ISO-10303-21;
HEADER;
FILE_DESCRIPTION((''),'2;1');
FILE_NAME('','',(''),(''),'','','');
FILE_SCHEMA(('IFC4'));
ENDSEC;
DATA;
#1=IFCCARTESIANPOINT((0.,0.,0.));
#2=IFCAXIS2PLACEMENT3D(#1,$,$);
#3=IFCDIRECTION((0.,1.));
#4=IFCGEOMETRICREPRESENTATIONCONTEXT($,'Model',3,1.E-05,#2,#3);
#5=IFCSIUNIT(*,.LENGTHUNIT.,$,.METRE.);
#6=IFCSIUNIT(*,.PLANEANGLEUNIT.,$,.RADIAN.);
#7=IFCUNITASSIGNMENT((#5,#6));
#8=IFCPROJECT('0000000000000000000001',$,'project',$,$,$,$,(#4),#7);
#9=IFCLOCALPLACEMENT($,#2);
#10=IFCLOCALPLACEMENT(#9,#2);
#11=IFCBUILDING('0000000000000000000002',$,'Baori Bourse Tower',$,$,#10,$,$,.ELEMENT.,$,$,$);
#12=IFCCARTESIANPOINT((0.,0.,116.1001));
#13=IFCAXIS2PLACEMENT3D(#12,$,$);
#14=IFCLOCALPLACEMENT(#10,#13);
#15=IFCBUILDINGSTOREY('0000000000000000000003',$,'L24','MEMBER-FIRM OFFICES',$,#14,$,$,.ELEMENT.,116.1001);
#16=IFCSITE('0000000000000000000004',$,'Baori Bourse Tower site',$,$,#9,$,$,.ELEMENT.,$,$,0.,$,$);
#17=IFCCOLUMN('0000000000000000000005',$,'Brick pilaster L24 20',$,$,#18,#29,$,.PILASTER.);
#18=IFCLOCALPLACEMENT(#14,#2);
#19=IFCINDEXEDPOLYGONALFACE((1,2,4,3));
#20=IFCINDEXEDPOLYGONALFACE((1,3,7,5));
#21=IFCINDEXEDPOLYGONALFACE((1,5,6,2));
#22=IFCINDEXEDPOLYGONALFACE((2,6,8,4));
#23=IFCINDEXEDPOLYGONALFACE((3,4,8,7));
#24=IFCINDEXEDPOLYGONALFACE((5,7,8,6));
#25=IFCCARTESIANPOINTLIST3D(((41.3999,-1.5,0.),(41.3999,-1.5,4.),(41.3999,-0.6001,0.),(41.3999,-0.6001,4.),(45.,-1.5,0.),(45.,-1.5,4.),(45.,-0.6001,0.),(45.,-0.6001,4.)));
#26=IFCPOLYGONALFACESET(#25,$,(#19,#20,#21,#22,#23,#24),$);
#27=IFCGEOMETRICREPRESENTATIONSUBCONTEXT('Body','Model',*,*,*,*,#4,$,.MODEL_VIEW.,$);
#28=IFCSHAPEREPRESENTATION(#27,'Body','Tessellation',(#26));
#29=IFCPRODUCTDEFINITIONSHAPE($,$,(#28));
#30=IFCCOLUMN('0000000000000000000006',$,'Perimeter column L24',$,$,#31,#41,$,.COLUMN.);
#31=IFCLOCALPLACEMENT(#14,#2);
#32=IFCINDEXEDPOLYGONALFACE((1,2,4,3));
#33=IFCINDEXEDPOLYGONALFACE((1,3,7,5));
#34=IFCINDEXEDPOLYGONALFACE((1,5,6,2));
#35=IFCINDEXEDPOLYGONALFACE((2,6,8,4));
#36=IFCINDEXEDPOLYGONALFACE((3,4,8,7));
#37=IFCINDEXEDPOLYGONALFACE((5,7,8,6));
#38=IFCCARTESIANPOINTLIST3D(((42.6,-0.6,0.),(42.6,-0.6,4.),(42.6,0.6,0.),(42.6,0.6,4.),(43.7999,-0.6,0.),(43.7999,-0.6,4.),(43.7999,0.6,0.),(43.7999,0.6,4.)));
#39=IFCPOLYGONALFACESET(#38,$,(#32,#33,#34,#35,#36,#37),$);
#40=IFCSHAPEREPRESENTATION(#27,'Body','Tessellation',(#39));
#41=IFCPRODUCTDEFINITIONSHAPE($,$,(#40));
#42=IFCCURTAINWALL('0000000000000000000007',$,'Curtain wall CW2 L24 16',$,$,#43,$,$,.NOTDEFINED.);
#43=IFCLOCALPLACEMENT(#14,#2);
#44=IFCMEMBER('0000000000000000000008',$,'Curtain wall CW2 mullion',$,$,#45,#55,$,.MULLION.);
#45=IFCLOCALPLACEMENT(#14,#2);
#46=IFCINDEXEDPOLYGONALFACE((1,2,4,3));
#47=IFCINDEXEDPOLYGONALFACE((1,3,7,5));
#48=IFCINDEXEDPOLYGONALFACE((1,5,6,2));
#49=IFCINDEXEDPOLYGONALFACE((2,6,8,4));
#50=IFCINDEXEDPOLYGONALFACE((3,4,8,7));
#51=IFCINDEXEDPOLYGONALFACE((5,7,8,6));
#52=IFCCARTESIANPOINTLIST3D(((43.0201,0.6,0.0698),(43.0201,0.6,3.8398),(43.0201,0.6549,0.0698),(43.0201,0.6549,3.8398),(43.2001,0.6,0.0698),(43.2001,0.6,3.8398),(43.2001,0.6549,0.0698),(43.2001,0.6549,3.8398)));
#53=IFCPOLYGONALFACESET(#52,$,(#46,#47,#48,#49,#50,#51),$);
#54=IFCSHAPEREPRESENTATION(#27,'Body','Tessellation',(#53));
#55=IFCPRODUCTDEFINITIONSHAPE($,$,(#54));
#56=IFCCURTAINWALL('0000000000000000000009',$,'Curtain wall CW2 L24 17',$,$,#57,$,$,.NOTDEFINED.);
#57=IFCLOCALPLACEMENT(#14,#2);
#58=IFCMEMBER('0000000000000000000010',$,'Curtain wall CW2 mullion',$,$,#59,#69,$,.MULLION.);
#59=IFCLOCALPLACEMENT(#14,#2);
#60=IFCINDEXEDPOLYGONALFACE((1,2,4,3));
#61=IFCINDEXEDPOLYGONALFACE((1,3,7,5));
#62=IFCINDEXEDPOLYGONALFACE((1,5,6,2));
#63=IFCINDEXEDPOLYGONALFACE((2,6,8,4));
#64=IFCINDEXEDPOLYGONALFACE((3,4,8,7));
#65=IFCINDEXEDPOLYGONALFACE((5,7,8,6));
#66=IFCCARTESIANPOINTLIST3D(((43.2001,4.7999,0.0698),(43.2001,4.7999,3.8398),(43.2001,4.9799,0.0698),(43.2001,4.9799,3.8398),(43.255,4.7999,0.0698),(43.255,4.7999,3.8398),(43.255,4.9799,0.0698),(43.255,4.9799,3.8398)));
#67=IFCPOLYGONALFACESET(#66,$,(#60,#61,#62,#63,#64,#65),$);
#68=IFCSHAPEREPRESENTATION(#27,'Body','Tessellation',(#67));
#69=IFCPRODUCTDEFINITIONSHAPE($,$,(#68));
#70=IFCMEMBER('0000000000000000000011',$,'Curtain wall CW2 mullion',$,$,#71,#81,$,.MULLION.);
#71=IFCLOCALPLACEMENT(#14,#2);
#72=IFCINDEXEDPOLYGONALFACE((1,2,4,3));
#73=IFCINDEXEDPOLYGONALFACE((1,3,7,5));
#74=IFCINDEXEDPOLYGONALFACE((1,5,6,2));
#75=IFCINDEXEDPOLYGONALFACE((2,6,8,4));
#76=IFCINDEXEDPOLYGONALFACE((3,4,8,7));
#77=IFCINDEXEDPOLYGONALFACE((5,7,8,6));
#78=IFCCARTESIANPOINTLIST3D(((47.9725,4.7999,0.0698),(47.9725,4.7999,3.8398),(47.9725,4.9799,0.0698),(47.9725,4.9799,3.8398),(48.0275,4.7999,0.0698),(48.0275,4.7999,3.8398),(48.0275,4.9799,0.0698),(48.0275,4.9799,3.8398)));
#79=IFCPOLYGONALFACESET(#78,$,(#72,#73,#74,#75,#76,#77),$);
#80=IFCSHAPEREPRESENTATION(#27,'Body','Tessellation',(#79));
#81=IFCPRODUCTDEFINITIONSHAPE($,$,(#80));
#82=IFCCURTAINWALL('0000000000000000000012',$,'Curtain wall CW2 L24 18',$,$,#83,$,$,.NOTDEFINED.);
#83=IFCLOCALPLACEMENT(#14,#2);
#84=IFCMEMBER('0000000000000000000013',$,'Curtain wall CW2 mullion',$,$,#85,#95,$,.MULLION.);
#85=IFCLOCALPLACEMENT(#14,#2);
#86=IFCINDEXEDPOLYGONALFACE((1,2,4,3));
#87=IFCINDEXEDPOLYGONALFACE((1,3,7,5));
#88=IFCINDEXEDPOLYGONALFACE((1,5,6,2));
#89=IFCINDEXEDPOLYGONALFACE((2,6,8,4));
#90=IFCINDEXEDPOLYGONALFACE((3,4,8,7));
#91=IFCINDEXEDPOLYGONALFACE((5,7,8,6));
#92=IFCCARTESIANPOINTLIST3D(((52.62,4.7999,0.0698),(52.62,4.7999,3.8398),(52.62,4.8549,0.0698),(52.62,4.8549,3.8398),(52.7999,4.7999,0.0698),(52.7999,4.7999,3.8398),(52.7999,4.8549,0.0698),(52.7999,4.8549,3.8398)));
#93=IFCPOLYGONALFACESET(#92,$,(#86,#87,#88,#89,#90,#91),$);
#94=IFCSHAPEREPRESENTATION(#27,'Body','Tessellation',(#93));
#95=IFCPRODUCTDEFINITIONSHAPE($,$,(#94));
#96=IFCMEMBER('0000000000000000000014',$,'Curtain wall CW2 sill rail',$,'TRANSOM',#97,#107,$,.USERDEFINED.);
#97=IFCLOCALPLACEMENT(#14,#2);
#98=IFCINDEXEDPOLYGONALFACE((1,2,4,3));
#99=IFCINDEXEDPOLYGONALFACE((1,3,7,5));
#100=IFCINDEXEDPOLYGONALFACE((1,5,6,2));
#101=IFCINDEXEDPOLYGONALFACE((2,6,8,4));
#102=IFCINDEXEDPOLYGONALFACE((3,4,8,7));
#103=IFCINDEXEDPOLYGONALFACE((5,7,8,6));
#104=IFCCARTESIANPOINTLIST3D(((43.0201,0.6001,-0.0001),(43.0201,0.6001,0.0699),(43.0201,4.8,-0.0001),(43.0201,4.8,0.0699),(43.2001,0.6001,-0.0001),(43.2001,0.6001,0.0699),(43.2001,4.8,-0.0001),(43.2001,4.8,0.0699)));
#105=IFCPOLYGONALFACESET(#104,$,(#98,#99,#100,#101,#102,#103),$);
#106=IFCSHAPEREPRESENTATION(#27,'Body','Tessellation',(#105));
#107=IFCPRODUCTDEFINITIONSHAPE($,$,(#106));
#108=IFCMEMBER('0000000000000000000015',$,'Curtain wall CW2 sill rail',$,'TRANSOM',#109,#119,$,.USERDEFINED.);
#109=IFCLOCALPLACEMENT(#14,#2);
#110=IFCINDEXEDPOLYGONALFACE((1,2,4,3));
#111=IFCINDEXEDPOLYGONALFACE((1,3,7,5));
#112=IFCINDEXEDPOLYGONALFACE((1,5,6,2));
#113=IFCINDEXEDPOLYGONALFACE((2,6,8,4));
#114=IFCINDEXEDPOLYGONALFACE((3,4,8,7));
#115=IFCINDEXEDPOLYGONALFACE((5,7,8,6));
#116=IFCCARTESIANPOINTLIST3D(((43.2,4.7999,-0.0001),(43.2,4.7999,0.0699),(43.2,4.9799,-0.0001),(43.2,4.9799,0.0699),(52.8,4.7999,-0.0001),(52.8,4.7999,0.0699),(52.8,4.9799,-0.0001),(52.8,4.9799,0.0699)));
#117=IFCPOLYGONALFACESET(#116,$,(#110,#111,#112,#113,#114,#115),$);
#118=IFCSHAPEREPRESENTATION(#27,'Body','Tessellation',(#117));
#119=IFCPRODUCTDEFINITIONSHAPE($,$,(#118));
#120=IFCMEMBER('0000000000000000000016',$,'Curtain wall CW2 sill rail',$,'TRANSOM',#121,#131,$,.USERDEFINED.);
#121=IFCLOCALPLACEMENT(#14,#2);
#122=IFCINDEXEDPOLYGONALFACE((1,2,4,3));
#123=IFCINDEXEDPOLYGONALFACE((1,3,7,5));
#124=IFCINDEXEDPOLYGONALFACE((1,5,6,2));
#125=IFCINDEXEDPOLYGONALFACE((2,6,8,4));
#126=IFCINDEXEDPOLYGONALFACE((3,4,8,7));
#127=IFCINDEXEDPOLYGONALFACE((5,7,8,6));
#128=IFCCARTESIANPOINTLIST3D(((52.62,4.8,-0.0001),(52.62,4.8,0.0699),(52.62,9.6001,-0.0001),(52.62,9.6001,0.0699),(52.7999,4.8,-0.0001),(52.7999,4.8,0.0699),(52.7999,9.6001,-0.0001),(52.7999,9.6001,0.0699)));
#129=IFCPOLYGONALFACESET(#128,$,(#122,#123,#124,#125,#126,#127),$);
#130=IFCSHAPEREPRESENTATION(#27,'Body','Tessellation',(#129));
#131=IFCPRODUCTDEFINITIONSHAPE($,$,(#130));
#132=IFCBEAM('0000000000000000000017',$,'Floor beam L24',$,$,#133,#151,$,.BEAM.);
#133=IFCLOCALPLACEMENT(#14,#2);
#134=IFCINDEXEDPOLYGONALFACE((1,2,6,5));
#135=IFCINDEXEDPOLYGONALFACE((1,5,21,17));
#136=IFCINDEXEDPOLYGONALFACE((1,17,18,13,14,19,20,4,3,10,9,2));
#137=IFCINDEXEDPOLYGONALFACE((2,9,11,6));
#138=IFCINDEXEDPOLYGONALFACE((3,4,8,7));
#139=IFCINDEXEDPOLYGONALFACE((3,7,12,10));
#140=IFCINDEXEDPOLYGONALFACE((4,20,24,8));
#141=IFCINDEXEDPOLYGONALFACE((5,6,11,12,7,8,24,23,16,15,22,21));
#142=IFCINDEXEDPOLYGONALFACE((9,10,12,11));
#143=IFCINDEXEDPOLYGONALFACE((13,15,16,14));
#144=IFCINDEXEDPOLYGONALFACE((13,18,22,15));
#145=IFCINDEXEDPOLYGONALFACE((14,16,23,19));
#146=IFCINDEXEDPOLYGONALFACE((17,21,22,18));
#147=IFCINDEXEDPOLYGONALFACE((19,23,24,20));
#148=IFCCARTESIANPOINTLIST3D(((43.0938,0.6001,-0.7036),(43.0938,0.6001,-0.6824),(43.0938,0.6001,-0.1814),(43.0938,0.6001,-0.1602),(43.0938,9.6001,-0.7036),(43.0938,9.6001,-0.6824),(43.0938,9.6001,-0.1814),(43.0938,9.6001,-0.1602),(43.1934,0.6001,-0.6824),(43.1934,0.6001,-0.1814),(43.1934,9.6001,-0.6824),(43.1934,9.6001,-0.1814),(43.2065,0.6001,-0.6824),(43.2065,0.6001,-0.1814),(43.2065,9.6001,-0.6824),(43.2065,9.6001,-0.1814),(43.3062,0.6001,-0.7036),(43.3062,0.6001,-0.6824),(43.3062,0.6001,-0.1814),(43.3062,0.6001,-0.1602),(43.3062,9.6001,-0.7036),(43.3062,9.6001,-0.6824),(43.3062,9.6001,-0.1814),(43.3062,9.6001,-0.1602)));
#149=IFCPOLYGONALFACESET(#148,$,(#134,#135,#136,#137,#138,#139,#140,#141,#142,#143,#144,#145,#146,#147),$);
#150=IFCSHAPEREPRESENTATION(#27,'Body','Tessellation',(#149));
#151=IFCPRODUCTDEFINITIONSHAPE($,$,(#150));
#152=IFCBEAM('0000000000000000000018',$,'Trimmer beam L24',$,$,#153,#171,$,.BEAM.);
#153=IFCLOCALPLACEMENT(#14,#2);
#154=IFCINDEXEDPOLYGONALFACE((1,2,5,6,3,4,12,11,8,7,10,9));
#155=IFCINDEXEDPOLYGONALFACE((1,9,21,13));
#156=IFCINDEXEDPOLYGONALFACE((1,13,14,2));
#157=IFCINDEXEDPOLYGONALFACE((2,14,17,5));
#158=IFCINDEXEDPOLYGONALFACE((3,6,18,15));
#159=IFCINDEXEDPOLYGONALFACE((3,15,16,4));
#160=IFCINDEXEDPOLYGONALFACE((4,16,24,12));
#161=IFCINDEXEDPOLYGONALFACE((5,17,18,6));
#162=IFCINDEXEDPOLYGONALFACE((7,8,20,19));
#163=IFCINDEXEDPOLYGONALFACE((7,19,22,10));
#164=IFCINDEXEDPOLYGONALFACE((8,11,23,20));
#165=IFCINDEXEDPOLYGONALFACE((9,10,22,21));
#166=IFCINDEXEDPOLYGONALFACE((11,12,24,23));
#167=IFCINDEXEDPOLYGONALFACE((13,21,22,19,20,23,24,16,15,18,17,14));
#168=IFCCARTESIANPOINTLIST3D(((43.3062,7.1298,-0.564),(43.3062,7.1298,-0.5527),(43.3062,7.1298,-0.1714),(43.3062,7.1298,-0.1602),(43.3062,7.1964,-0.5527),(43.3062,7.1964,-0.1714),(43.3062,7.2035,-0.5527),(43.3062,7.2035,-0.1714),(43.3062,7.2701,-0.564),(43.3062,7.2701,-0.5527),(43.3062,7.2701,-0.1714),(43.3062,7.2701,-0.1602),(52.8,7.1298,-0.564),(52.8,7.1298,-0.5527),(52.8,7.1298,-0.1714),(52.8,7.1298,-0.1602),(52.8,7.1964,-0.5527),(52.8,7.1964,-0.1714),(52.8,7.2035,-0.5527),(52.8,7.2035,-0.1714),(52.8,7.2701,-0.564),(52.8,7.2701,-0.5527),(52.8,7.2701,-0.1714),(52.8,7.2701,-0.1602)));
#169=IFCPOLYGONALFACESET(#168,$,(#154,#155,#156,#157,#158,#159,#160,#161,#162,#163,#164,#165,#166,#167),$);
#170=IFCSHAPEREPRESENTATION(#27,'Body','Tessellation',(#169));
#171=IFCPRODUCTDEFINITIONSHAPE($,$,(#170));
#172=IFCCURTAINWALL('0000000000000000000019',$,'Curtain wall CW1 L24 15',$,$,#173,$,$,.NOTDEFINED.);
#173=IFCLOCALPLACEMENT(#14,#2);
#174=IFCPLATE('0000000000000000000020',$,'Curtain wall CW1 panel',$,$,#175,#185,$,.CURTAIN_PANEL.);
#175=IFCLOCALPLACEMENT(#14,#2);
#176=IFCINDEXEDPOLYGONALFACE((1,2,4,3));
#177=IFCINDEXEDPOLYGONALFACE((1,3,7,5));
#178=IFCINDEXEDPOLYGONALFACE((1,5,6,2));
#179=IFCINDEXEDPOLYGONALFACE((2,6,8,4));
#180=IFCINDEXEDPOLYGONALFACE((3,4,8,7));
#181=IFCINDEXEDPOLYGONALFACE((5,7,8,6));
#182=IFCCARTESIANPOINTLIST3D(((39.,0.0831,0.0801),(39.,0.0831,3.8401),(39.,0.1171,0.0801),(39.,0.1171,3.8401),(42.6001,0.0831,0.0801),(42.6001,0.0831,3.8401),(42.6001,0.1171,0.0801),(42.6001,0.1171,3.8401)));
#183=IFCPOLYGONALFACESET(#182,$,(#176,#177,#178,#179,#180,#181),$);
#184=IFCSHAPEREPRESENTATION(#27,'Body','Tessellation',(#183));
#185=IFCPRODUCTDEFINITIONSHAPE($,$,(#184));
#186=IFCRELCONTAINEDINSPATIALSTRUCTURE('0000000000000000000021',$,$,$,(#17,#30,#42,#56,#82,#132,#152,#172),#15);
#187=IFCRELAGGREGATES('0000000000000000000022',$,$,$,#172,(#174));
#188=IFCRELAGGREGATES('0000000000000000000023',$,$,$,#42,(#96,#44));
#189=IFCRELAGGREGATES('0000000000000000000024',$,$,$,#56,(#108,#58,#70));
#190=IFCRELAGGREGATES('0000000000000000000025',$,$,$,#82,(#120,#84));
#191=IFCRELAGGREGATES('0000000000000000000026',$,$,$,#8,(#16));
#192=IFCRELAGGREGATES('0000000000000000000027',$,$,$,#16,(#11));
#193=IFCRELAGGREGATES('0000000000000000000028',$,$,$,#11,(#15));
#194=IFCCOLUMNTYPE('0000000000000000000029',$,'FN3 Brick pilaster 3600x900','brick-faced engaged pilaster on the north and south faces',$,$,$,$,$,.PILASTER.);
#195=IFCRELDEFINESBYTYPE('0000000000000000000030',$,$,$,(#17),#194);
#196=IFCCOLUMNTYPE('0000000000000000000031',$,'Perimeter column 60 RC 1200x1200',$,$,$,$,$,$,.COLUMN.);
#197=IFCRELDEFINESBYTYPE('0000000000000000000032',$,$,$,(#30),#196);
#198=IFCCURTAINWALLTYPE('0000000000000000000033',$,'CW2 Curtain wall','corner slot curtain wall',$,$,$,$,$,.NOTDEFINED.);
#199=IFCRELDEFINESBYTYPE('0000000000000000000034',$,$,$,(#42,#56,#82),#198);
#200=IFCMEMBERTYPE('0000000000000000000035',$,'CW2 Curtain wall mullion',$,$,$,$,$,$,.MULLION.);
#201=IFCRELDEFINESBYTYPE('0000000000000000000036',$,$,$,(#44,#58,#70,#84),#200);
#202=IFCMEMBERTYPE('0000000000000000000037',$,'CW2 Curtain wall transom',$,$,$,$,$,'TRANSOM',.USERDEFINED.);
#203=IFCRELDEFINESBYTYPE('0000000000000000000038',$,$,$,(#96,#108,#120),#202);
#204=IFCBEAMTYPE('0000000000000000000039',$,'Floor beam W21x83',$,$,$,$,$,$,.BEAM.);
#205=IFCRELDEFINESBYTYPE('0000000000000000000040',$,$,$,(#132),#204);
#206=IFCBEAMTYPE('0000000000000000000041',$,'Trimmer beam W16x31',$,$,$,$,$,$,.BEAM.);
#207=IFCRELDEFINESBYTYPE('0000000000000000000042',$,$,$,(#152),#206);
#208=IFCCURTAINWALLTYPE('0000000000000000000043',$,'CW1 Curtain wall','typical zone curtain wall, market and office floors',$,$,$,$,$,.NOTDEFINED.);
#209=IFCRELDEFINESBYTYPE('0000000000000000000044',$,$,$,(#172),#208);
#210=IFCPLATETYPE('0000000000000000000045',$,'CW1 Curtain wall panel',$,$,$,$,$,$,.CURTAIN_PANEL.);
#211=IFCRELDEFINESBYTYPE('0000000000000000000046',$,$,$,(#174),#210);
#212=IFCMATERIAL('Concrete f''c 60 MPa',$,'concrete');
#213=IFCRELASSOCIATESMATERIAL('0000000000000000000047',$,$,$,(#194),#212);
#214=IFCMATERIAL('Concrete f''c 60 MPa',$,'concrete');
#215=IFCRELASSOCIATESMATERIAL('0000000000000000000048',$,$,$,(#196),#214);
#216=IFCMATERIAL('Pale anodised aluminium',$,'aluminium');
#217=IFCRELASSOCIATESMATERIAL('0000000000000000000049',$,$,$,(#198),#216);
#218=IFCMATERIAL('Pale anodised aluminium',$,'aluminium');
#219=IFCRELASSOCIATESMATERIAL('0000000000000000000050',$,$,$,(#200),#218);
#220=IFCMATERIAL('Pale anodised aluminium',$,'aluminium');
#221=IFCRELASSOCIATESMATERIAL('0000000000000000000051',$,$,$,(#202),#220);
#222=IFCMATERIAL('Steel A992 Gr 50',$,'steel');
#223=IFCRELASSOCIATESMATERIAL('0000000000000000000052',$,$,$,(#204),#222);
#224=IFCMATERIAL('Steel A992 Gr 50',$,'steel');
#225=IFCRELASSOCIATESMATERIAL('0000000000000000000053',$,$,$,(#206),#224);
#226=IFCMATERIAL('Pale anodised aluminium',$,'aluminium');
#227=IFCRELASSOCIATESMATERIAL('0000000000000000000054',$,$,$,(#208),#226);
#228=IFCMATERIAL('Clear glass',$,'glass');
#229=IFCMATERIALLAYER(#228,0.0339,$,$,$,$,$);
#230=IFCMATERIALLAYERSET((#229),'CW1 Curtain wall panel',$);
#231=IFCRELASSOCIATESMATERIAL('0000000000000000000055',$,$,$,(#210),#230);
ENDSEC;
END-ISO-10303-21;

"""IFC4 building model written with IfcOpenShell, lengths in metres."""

from ifc_helpers import new_model, si_unit, direction, frame, origin, origin_2d, place, context, subcontext, project, spatial, rectangle, i_section, extrude, material, layer, layer_set, material_profile, profile_set, type_object, element, aggregate, save


model = new_model("IFC4")

# Units and contexts
model_context = context("Model", 3, precision=1e-05, world=origin(), true_north=direction((0.0, 1.0)))
body_context = subcontext(model_context, "Body", "Model", "MODEL_VIEW")
ifc_project = project(units=[si_unit("LENGTHUNIT", "METRE"), si_unit("PLANEANGLEUNIT", "RADIAN")], contexts=[model_context])

# Site, building, storey
site_placement = place(None, origin())
site = spatial("IfcSite", under=ifc_project, at=site_placement, Name="Baori Bourse Tower site", CompositionType="ELEMENT", RefElevation=0.0)
building_placement = place(site_placement, origin())
building = spatial("IfcBuilding", under=site, at=building_placement, Name="Baori Bourse Tower", CompositionType="ELEMENT")
storey_placement = place(building_placement, frame((0.0, 0.0, 116.1001)))
storey = spatial("IfcBuildingStorey", under=building, at=storey_placement, Name="L24", Description="MEMBER-FIRM OFFICES", CompositionType="ELEMENT", Elevation=116.1001)

# Columns
ifc_material_1 = material(Name="Concrete f'c 60 MPa", Category="concrete")
ifc_material_profile_1 = material_profile(ifc_material_1, rectangle(XDim=3.6001, YDim=0.8999, at=origin_2d()), Name="RC 3600x900")
ifc_profile_set_1 = profile_set([ifc_material_profile_1], Name="Concrete f'c 60 MPa")
column_type_1 = type_object("IfcColumnType", Name="FN3 Brick pilaster 3600x900", Description="brick-faced engaged pilaster on the north and south faces", PredefinedType="PILASTER", material=ifc_profile_set_1)
column_1_placement = place(storey_placement, frame((43.2, -1.05, 0.0), z_axis=(0.0, 0.0, 1.0), x_axis=(1.0, 0.0, 0.0)))
element("IfcColumn", 1, at=column_1_placement, inside=storey, type_object=column_type_1, Name="Brick pilaster L24 20", PredefinedType="PILASTER", context=body_context, shape_type="SweptSolid", body=[
    extrude(rectangle(XDim=3.6001, YDim=0.8999, at=origin_2d()), origin(), (0.0, 0.0, 1.0), 4.0),
])
ifc_material_2 = material(Name="Concrete f'c 60 MPa", Category="concrete")
ifc_material_profile_2 = material_profile(ifc_material_2, rectangle(XDim=1.2, YDim=1.2, at=origin_2d()), Name="RC 1200x1200")
ifc_profile_set_2 = profile_set([ifc_material_profile_2], Name="Concrete f'c 60 MPa")
column_type_2 = type_object("IfcColumnType", Name="Perimeter column 60 RC 1200x1200", PredefinedType="COLUMN", material=ifc_profile_set_2)
column_2_placement = place(storey_placement, frame((43.2, 0.0, 0.0), z_axis=(0.0, 0.0, 1.0), x_axis=(1.0, 0.0, 0.0)))
element("IfcColumn", 2, at=column_2_placement, inside=storey, type_object=column_type_2, Name="Perimeter column L24", PredefinedType="COLUMN", context=body_context, shape_type="SweptSolid", body=[
    extrude(rectangle(XDim=1.2, YDim=1.2, at=origin_2d()), origin(), (0.0, 0.0, 1.0), 4.0),
])

# Curtain wall, member
ifc_material_3 = material(Name="Pale anodised aluminium", Category="aluminium")
curtain_wall_type_1 = type_object("IfcCurtainWallType", Name="CW2 Curtain wall", Description="corner slot curtain wall", PredefinedType="NOTDEFINED", material=ifc_material_3)
curtain_wall_1_placement = place(storey_placement, origin())
curtain_wall_1 = element("IfcCurtainWall", 3, at=curtain_wall_1_placement, inside=storey, type_object=curtain_wall_type_1, Name="Curtain wall CW2 L24 16", PredefinedType="NOTDEFINED")
ifc_material_4 = material(Name="Pale anodised aluminium", Category="aluminium")
ifc_material_profile_3 = material_profile(ifc_material_4, rectangle(XDim=0.1799, YDim=0.0549, at=origin_2d()), Name="Mullion 55x180")
ifc_profile_set_3 = profile_set([ifc_material_profile_3], Name="Pale anodised aluminium")
member_type_1 = type_object("IfcMemberType", Name="CW2 Curtain wall mullion", PredefinedType="MULLION", material=ifc_profile_set_3)
member_1_placement = place(storey_placement, frame((43.1101, 0.6274, 0.0698), z_axis=(0.0, 0.0, 1.0), x_axis=(-1.0, 0.0, 0.0)))
member_1 = element("IfcMember", 4, at=member_1_placement, type_object=member_type_1, Name="Curtain wall CW2 mullion", PredefinedType="MULLION", context=body_context, shape_type="SweptSolid", body=[
    extrude(rectangle(XDim=0.1799, YDim=0.0549, at=origin_2d()), origin(), (0.0, 0.0, 1.0), 3.77),
])

# Curtain wall, members
curtain_wall_2_placement = place(storey_placement, origin())
curtain_wall_2 = element("IfcCurtainWall", 5, at=curtain_wall_2_placement, inside=storey, type_object=curtain_wall_type_1, Name="Curtain wall CW2 L24 17", PredefinedType="NOTDEFINED")
member_2_placement = place(storey_placement, frame((43.2275, 4.8899, 0.0698), z_axis=(0.0, 0.0, 1.0), x_axis=(0.0, 1.0, 0.0)))
member_2 = element("IfcMember", 6, at=member_2_placement, type_object=member_type_1, Name="Curtain wall CW2 mullion", PredefinedType="MULLION", context=body_context, shape_type="SweptSolid", body=[
    extrude(rectangle(XDim=0.1799, YDim=0.0549, at=origin_2d()), origin(), (0.0, 0.0, 1.0), 3.77),
])
member_3_placement = place(storey_placement, frame((48.0, 4.8899, 0.0698), z_axis=(0.0, 0.0, 1.0), x_axis=(0.0, 1.0, 0.0)))
member_3 = element("IfcMember", 7, at=member_3_placement, type_object=member_type_1, Name="Curtain wall CW2 mullion", PredefinedType="MULLION", context=body_context, shape_type="SweptSolid", body=[
    extrude(rectangle(XDim=0.1799, YDim=0.0549, at=origin_2d()), origin(), (0.0, 0.0, 1.0), 3.77),
])

# Curtain wall, member
curtain_wall_3_placement = place(storey_placement, origin())
curtain_wall_3 = element("IfcCurtainWall", 8, at=curtain_wall_3_placement, inside=storey, type_object=curtain_wall_type_1, Name="Curtain wall CW2 L24 18", PredefinedType="NOTDEFINED")
member_4_placement = place(storey_placement, frame((52.71, 4.8274, 0.0698), z_axis=(0.0, 0.0, 1.0), x_axis=(-1.0, 0.0, 0.0)))
member_4 = element("IfcMember", 9, at=member_4_placement, type_object=member_type_1, Name="Curtain wall CW2 mullion", PredefinedType="MULLION", context=body_context, shape_type="SweptSolid", body=[
    extrude(rectangle(XDim=0.1799, YDim=0.0549, at=origin_2d()), origin(), (0.0, 0.0, 1.0), 3.77),
])

# Members
ifc_material_5 = material(Name="Pale anodised aluminium", Category="aluminium")
ifc_material_profile_4 = material_profile(ifc_material_5, rectangle(XDim=0.1799, YDim=0.0701, at=origin_2d()), Name="Transom 70x180")
ifc_profile_set_4 = profile_set([ifc_material_profile_4], Name="Pale anodised aluminium")
member_type_2 = type_object("IfcMemberType", Name="CW2 Curtain wall transom", ElementType="TRANSOM", PredefinedType="USERDEFINED", material=ifc_profile_set_4)
member_5_placement = place(storey_placement, frame((43.1101, 0.6001, 0.0349), z_axis=(0.0, 1.0, 0.0), x_axis=(-1.0, 0.0, 0.0)))
member_5 = element("IfcMember", 10, at=member_5_placement, type_object=member_type_2, Name="Curtain wall CW2 sill rail", ObjectType="TRANSOM", PredefinedType="USERDEFINED", context=body_context, shape_type="SweptSolid", body=[
    extrude(rectangle(XDim=0.1799, YDim=0.0701, at=origin_2d()), origin(), (0.0, 0.0, 1.0), 4.2),
])
member_6_placement = place(storey_placement, frame((43.2, 4.8899, 0.0349), z_axis=(1.0, 0.0, 0.0), x_axis=(0.0, 1.0, 0.0)))
member_6 = element("IfcMember", 11, at=member_6_placement, type_object=member_type_2, Name="Curtain wall CW2 sill rail", ObjectType="TRANSOM", PredefinedType="USERDEFINED", context=body_context, shape_type="SweptSolid", body=[
    extrude(rectangle(XDim=0.1799, YDim=0.0701, at=origin_2d()), origin(), (0.0, 0.0, 1.0), 9.6001),
])
member_7_placement = place(storey_placement, frame((52.71, 4.8, 0.0349), z_axis=(0.0, 1.0, 0.0), x_axis=(-1.0, 0.0, 0.0)))
member_7 = element("IfcMember", 12, at=member_7_placement, type_object=member_type_2, Name="Curtain wall CW2 sill rail", ObjectType="TRANSOM", PredefinedType="USERDEFINED", context=body_context, shape_type="SweptSolid", body=[
    extrude(rectangle(XDim=0.1799, YDim=0.0701, at=origin_2d()), origin(), (0.0, 0.0, 1.0), 4.8),
])

# Beams
ifc_material_6 = material(Name="Steel A992 Gr 50", Category="steel")
ifc_material_profile_5 = material_profile(ifc_material_6, i_section(OverallWidth=0.2124, OverallDepth=0.5435, WebThickness=0.0132, FlangeThickness=0.0212, at=origin_2d()), Name="W21x83")
ifc_profile_set_5 = profile_set([ifc_material_profile_5], Name="Steel A992 Gr 50")
beam_type_1 = type_object("IfcBeamType", Name="Floor beam W21x83", PredefinedType="BEAM", material=ifc_profile_set_5)
beam_1_placement = place(storey_placement, frame((43.2, 0.6001, -0.4319), z_axis=(0.0, 1.0, 0.0), x_axis=(-1.0, 0.0, 0.0)))
element("IfcBeam", 13, at=beam_1_placement, inside=storey, type_object=beam_type_1, Name="Floor beam L24", PredefinedType="BEAM", context=body_context, shape_type="SweptSolid", body=[
    extrude(i_section(OverallWidth=0.2124, OverallDepth=0.5435, WebThickness=0.0132, FlangeThickness=0.0212, at=origin_2d()), origin(), (0.0, 0.0, 1.0), 9.0),
])
ifc_material_7 = material(Name="Steel A992 Gr 50", Category="steel")
ifc_material_profile_6 = material_profile(ifc_material_7, i_section(OverallWidth=0.1404, OverallDepth=0.4038, WebThickness=0.0071, FlangeThickness=0.0112, at=origin_2d()), Name="W16x31")
ifc_profile_set_6 = profile_set([ifc_material_profile_6], Name="Steel A992 Gr 50")
beam_type_2 = type_object("IfcBeamType", Name="Trimmer beam W16x31", PredefinedType="BEAM", material=ifc_profile_set_6)
beam_2_placement = place(storey_placement, frame((43.3062, 7.2, -0.3621), z_axis=(1.0, 0.0, 0.0), x_axis=(0.0, 1.0, 0.0)))
element("IfcBeam", 14, at=beam_2_placement, inside=storey, type_object=beam_type_2, Name="Trimmer beam L24", PredefinedType="BEAM", context=body_context, shape_type="SweptSolid", body=[
    extrude(i_section(OverallWidth=0.1404, OverallDepth=0.4038, WebThickness=0.0071, FlangeThickness=0.0112, at=origin_2d()), origin(), (0.0, 0.0, 1.0), 9.4939),
])

# Curtain wall, plate
ifc_material_8 = material(Name="Pale anodised aluminium", Category="aluminium")
curtain_wall_type_2 = type_object("IfcCurtainWallType", Name="CW1 Curtain wall", Description="typical zone curtain wall, market and office floors", PredefinedType="NOTDEFINED", material=ifc_material_8)
curtain_wall_4_placement = place(storey_placement, origin())
curtain_wall_4 = element("IfcCurtainWall", 15, at=curtain_wall_4_placement, inside=storey, type_object=curtain_wall_type_2, Name="Curtain wall CW1 L24 15", PredefinedType="NOTDEFINED")
ifc_material_9 = material(Name="Clear glass", Category="glass")
ifc_layer_1 = layer(ifc_material_9, 0.0339)
ifc_layer_set_1 = layer_set([ifc_layer_1], Name="CW1 Curtain wall panel")
plate_type_1 = type_object("IfcPlateType", Name="CW1 Curtain wall panel", PredefinedType="CURTAIN_PANEL", material=ifc_layer_set_1)
plate_1_placement = place(storey_placement, frame((40.8, 0.1001, 0.0801), z_axis=(0.0, 0.0, 1.0), x_axis=(1.0, 0.0, 0.0)))
plate_1 = element("IfcPlate", 16, at=plate_1_placement, type_object=plate_type_1, Name="Curtain wall CW1 panel", PredefinedType="CURTAIN_PANEL", context=body_context, shape_type="SweptSolid", body=[
    extrude(rectangle(XDim=3.6001, YDim=0.0339, at=origin_2d()), origin(), (0.0, 0.0, 1.0), 3.76),
])
aggregate(curtain_wall_4, [plate_1])

aggregate(curtain_wall_1, [member_5, member_1])
aggregate(curtain_wall_2, [member_6, member_2, member_3])
aggregate(curtain_wall_3, [member_7, member_4])

save(model, "model.ifc")
